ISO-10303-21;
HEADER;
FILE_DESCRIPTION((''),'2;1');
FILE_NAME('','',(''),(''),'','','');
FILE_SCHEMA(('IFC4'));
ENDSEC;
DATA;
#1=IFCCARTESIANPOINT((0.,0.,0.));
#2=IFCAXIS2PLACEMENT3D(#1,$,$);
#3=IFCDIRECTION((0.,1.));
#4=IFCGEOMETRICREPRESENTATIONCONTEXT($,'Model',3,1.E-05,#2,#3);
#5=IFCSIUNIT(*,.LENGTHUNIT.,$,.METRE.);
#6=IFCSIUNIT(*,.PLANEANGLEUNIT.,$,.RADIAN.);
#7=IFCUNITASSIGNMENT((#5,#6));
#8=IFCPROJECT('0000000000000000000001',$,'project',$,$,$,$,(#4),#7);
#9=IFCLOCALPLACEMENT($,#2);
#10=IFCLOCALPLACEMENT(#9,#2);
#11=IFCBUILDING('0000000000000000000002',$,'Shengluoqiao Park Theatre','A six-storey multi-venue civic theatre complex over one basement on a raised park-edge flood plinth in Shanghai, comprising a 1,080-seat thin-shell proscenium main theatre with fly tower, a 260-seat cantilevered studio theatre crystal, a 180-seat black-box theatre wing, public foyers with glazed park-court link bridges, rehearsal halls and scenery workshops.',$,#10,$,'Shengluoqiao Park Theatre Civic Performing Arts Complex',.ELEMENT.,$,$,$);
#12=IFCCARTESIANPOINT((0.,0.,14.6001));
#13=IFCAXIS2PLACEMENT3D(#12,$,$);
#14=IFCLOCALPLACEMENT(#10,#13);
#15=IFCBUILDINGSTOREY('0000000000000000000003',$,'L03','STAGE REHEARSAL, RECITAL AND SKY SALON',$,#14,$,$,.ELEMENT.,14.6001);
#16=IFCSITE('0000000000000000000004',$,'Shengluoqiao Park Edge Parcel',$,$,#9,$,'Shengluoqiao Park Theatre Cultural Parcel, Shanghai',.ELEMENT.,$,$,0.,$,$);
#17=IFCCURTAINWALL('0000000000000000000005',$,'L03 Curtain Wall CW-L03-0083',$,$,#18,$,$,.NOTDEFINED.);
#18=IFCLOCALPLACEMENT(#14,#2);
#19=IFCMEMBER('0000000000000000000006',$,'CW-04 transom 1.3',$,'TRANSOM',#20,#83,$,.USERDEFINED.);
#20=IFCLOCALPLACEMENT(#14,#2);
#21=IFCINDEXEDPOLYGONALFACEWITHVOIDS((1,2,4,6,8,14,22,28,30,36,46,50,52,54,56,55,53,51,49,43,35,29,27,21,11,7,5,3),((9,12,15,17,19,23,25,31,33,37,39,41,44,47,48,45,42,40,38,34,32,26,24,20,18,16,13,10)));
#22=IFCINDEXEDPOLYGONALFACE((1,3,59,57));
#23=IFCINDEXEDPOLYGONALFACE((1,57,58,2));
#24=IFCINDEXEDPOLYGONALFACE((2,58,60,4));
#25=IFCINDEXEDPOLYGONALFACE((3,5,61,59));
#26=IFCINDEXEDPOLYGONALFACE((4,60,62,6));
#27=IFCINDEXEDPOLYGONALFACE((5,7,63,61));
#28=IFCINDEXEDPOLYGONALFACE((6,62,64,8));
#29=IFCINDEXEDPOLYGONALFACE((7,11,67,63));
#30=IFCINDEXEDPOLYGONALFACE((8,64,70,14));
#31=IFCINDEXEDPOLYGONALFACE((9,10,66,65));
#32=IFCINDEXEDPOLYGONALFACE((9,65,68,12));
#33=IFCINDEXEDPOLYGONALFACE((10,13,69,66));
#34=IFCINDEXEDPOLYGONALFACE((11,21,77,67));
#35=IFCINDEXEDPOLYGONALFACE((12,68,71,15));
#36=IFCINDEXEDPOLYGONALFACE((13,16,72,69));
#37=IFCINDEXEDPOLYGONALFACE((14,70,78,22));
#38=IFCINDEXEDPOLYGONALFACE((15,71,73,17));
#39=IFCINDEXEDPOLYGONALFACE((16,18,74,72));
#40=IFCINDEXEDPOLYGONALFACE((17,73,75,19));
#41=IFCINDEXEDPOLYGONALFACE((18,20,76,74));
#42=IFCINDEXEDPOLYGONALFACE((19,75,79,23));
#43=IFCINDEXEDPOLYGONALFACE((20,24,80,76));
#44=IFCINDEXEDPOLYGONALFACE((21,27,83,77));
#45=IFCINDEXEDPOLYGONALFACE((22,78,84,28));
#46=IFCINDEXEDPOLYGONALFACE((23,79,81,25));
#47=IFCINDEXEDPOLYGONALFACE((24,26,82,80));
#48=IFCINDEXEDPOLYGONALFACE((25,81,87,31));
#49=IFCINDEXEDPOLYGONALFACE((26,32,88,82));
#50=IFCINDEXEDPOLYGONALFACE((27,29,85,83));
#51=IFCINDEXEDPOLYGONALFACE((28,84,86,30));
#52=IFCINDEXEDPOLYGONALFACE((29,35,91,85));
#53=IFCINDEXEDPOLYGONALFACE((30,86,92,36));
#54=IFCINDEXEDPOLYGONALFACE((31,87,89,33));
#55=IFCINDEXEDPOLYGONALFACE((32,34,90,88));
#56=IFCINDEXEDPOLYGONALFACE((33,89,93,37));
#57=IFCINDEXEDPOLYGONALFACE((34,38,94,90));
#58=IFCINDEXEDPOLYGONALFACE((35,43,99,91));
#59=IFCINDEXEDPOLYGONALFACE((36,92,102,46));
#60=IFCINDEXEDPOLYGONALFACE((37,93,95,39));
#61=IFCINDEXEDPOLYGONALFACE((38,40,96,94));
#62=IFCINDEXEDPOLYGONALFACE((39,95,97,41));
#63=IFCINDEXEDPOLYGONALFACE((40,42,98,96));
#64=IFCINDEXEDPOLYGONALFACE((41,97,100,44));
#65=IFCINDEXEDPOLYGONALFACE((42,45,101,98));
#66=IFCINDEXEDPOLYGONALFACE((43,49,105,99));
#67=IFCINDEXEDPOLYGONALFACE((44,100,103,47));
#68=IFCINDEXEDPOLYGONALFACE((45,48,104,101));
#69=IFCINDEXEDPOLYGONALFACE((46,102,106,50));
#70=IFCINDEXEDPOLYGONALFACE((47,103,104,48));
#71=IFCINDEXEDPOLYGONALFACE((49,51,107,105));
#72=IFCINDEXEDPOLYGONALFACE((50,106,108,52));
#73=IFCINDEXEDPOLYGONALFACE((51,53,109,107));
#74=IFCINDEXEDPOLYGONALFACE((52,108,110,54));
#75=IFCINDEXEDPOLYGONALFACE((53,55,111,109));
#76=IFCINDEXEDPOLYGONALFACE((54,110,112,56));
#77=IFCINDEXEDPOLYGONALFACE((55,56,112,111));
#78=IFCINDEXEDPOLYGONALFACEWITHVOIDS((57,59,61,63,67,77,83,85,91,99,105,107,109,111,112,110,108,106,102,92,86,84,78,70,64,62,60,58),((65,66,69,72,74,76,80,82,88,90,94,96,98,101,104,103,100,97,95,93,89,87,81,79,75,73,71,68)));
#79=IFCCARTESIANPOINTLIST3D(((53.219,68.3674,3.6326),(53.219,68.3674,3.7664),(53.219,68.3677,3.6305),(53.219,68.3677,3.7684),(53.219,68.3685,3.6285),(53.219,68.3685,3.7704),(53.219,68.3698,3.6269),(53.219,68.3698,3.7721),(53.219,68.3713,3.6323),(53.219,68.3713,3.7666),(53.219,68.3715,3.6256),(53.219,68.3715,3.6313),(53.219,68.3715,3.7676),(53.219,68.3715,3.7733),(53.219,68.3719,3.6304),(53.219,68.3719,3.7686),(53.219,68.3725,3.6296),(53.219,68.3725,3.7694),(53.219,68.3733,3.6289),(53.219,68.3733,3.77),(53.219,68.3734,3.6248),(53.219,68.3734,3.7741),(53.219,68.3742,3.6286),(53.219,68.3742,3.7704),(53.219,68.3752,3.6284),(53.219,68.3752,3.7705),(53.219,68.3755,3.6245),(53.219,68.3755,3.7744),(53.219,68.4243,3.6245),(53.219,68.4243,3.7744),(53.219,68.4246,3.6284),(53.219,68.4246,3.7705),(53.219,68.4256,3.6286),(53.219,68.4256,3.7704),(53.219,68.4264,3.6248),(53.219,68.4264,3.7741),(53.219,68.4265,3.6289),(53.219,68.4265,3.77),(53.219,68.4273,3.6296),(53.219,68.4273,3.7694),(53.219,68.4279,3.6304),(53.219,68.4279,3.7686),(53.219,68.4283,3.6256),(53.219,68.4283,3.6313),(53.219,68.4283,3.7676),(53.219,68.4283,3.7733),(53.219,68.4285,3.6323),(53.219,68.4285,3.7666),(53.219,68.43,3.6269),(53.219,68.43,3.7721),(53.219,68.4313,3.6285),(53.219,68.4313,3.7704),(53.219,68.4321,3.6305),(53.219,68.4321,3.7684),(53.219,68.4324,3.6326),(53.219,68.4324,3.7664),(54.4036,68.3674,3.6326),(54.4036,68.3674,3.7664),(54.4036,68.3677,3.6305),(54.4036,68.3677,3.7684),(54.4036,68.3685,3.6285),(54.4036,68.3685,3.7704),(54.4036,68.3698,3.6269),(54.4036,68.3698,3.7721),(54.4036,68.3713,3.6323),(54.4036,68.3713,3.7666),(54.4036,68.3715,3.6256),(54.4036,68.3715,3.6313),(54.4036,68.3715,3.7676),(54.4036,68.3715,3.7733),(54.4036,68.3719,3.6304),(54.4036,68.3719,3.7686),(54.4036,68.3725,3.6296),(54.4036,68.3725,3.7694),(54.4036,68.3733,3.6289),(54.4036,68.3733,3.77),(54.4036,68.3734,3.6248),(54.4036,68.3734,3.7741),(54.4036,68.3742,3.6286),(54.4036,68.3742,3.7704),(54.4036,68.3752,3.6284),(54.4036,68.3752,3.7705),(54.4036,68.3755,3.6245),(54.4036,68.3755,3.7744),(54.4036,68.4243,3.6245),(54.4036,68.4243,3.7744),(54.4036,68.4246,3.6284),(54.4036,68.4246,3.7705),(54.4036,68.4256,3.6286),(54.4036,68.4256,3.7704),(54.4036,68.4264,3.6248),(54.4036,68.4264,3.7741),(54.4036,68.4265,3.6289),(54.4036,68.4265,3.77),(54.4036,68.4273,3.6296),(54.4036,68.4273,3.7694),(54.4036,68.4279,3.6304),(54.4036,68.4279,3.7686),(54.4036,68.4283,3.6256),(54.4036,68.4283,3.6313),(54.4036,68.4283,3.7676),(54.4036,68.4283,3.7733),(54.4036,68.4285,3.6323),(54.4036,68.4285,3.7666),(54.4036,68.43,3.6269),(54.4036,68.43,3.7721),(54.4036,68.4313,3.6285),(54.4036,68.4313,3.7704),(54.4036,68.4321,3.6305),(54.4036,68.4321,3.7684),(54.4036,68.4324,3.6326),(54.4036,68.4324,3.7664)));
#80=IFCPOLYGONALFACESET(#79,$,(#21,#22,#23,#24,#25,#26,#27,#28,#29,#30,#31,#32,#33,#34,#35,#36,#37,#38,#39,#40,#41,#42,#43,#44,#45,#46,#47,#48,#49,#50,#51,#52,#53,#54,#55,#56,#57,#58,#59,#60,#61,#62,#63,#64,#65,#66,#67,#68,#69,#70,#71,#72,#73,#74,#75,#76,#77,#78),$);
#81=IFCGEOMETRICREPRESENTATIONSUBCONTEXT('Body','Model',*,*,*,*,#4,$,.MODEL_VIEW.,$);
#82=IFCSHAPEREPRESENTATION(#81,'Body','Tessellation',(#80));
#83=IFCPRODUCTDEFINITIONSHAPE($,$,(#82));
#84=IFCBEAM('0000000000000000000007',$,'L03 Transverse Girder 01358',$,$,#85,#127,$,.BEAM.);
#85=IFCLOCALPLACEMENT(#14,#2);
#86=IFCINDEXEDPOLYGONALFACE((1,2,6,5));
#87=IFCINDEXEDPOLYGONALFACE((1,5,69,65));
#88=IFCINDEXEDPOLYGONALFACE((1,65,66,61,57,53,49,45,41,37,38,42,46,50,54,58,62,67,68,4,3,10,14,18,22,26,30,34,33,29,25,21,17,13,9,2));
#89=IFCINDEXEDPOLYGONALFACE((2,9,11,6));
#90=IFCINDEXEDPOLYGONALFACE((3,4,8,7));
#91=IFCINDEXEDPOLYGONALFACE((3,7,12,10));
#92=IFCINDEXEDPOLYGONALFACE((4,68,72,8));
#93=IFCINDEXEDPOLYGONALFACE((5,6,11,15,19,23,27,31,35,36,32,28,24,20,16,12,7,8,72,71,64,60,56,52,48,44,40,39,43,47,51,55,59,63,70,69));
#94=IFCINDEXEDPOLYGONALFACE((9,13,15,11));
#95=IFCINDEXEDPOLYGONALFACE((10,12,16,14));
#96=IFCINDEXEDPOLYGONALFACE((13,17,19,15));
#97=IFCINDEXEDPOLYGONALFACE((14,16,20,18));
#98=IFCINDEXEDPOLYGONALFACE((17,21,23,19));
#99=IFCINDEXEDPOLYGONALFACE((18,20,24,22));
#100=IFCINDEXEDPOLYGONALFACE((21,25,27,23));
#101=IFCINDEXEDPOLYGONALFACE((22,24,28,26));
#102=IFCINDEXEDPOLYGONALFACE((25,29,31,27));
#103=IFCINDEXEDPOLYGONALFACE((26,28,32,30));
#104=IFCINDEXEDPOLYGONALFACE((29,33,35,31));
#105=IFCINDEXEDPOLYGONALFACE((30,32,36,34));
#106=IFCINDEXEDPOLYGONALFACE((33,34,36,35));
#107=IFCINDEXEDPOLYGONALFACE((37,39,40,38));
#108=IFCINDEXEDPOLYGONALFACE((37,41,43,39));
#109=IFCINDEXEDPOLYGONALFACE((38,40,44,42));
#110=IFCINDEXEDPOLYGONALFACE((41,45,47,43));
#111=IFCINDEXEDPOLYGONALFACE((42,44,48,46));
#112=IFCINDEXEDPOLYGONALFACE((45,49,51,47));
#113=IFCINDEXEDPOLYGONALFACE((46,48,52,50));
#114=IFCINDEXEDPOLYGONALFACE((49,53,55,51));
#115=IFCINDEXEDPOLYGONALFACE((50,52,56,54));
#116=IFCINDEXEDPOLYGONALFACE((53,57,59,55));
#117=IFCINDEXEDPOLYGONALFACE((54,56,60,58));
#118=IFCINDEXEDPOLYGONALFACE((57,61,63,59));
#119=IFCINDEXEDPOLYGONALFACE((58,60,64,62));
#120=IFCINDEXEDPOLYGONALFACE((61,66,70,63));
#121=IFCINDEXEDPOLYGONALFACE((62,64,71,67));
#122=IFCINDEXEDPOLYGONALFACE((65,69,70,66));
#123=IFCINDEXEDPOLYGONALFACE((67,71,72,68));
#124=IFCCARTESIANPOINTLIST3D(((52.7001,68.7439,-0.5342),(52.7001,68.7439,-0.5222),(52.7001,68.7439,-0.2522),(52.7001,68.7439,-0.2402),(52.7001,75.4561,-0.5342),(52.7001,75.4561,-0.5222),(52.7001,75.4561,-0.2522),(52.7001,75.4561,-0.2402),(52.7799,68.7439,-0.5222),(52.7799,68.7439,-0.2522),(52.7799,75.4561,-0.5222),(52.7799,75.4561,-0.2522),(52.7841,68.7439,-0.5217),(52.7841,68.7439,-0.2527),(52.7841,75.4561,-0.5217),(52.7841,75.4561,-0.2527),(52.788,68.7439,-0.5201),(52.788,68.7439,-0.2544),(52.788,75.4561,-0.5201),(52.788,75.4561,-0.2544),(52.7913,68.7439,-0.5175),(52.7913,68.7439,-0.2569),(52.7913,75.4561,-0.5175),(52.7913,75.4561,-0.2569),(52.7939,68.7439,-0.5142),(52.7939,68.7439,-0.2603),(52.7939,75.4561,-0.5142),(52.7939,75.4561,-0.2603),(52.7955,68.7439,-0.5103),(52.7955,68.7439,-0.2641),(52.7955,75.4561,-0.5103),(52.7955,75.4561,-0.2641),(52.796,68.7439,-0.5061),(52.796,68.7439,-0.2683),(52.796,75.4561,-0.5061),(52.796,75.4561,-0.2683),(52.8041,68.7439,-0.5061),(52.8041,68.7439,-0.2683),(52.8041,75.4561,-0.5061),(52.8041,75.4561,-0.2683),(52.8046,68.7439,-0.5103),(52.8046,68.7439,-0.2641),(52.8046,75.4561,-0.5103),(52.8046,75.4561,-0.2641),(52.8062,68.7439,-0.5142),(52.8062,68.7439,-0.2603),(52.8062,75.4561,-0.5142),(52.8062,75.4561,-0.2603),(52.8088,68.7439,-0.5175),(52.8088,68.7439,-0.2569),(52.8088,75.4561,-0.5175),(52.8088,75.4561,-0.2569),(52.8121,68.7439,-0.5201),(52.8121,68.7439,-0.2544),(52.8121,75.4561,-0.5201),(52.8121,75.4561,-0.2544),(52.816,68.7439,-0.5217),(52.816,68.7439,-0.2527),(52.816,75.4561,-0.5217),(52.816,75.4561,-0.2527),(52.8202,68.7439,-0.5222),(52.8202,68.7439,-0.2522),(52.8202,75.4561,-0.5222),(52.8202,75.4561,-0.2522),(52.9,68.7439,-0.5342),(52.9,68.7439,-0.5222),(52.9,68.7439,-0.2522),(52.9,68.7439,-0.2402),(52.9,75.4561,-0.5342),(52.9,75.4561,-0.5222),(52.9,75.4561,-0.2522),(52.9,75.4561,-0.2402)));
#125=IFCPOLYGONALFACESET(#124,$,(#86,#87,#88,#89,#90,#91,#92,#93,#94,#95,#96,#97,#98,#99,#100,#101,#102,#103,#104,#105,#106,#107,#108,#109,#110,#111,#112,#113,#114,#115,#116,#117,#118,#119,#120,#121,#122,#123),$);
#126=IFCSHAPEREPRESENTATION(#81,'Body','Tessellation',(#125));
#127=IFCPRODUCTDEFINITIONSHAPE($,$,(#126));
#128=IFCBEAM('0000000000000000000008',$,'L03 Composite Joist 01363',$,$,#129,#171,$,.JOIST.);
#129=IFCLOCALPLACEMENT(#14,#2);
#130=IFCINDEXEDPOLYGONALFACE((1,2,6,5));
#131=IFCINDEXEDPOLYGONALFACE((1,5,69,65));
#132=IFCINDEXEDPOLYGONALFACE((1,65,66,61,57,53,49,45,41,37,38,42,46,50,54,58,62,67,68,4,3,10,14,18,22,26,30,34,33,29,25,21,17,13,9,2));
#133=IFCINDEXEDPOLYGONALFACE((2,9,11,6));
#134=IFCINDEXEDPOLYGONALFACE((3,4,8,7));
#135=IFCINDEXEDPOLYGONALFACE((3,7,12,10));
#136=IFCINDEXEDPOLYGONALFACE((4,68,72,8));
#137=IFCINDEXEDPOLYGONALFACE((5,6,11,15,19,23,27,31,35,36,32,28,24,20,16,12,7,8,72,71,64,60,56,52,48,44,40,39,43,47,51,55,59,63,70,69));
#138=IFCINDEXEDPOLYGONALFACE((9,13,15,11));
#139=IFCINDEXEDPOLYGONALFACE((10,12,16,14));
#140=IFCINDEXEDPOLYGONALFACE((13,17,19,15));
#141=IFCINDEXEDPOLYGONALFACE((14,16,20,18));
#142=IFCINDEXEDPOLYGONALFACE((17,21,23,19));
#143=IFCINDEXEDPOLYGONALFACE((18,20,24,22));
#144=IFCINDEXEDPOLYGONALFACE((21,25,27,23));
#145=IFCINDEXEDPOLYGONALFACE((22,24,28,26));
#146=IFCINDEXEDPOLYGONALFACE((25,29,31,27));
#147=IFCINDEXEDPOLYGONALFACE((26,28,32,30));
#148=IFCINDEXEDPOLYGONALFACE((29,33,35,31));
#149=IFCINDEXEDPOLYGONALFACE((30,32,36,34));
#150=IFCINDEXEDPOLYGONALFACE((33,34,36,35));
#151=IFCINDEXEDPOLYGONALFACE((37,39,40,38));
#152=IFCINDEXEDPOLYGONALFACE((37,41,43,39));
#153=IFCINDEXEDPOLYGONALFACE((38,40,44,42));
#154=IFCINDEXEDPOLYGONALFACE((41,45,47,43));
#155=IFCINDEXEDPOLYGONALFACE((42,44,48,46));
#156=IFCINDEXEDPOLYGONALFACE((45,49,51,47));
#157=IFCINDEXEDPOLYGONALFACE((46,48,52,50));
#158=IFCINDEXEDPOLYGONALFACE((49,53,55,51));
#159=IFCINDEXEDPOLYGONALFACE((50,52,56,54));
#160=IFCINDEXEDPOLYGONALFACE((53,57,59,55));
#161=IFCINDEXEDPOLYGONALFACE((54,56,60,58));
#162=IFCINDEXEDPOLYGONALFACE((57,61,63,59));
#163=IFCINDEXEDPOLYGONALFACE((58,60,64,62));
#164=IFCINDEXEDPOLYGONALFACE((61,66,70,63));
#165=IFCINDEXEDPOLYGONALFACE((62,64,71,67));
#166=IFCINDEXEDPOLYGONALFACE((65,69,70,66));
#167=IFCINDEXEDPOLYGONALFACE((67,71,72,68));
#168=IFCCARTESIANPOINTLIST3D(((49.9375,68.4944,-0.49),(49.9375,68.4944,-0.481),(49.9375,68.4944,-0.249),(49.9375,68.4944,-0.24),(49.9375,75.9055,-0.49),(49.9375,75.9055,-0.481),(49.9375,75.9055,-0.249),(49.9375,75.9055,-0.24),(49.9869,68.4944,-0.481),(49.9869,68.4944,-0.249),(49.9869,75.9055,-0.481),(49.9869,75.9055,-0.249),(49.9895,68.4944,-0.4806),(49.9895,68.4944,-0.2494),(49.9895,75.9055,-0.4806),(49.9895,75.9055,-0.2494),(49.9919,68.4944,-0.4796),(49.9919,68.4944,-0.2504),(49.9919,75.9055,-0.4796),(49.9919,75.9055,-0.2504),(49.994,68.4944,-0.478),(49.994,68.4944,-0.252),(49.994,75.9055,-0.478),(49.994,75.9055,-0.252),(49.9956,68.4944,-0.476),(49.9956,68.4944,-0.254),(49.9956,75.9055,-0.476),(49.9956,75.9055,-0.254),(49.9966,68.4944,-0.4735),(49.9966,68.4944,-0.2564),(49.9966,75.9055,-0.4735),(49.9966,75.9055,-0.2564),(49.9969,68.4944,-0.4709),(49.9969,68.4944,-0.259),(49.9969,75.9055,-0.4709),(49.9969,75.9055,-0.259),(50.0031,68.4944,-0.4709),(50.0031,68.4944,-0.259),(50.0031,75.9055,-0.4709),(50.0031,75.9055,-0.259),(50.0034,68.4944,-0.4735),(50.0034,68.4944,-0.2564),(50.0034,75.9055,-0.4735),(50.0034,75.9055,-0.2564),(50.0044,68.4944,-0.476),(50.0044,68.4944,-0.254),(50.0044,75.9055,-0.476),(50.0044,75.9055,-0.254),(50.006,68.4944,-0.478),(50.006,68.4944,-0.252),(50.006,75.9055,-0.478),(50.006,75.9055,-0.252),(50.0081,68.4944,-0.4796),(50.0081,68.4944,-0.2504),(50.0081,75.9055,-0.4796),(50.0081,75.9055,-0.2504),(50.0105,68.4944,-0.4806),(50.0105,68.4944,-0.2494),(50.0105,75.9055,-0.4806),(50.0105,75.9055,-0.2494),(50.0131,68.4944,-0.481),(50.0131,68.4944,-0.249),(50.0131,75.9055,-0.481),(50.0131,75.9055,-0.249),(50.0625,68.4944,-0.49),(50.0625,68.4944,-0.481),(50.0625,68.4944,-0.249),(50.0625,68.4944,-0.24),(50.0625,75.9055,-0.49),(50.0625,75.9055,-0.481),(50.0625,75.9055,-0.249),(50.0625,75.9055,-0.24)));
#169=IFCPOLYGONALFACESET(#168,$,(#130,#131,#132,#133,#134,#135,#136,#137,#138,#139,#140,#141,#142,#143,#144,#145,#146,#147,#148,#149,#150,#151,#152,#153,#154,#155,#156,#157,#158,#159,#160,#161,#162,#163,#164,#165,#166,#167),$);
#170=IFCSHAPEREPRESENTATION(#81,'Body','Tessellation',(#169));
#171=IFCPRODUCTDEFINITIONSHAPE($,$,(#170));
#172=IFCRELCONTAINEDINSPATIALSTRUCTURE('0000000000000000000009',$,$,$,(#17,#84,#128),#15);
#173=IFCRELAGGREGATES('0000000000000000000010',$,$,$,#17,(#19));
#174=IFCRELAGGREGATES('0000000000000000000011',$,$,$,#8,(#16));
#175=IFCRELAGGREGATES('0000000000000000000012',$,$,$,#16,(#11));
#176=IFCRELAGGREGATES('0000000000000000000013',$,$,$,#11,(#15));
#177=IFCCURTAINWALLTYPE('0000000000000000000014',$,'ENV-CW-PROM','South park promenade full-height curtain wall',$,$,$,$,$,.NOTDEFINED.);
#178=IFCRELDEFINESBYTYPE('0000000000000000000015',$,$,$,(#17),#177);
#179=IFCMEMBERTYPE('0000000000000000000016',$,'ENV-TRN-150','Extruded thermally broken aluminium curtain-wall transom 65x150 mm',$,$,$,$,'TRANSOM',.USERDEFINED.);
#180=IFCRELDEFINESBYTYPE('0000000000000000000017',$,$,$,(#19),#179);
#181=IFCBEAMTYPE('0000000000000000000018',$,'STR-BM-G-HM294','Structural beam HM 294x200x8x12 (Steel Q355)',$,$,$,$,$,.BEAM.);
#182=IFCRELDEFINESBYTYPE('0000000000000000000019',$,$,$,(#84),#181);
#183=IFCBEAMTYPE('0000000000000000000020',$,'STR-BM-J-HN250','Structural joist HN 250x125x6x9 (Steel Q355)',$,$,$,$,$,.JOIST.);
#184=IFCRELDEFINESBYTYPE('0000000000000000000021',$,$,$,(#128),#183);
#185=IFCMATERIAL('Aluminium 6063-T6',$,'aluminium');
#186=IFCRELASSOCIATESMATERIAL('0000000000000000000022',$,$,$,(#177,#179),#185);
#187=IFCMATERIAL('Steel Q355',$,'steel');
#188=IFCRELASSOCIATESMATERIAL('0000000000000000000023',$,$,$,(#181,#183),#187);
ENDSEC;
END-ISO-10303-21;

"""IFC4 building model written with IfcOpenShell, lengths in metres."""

from ifc_helpers import new_model, si_unit, direction, frame, origin, origin_2d, place, context, subcontext, project, spatial, hollow_rectangle, i_section, extrude, material, material_profile, profile_set, type_object, element, aggregate, save


model = new_model("IFC4")

# Units and contexts
model_context = context("Model", 3, precision=1e-05, world=origin(), true_north=direction((0.0, 1.0)))
body_context = subcontext(model_context, "Body", "Model", "MODEL_VIEW")
ifc_project = project(units=[si_unit("LENGTHUNIT", "METRE"), si_unit("PLANEANGLEUNIT", "RADIAN")], contexts=[model_context])

# Site, building, storey
site_placement = place(None, origin())
site = spatial("IfcSite", under=ifc_project, at=site_placement, Name="Shengluoqiao Park Edge Parcel", LongName="Shengluoqiao Park Theatre Cultural Parcel, Shanghai", CompositionType="ELEMENT", RefElevation=0.0)
building_placement = place(site_placement, origin())
building = spatial("IfcBuilding", under=site, at=building_placement, Name="Shengluoqiao Park Theatre", Description="A six-storey multi-venue civic theatre complex over one basement on a raised park-edge flood plinth in Shanghai, comprising a 1,080-seat thin-shell proscenium main theatre with fly tower, a 260-seat cantilevered studio theatre crystal, a 180-seat black-box theatre wing, public foyers with glazed park-court link bridges, rehearsal halls and scenery workshops.", LongName="Shengluoqiao Park Theatre Civic Performing Arts Complex", CompositionType="ELEMENT")
storey_placement = place(building_placement, frame((0.0, 0.0, 14.6001)))
storey = spatial("IfcBuildingStorey", under=building, at=storey_placement, Name="L03", Description="STAGE REHEARSAL, RECITAL AND SKY SALON", CompositionType="ELEMENT", Elevation=14.6001)

# Curtain wall
ifc_material_1 = material(Name="Aluminium 6063-T6", Category="aluminium")
curtain_wall_type = type_object("IfcCurtainWallType", Name="ENV-CW-PROM", Description="South park promenade full-height curtain wall", PredefinedType="NOTDEFINED", material=ifc_material_1)
curtain_wall_1_placement = place(storey_placement, origin())
curtain_wall_1 = element("IfcCurtainWall", 1, at=curtain_wall_1_placement, inside=storey, type_object=curtain_wall_type, Name="L03 Curtain Wall CW-L03-0083", PredefinedType="NOTDEFINED")

# Member
ifc_material_profile_1 = material_profile(ifc_material_1, hollow_rectangle(XDim=0.0649, YDim=0.1499, WallThickness=0.0039, InnerFilletRadius=0.0039, OuterFilletRadius=0.0081, at=origin_2d()), Name="ALU TRANSOM 150x65x4")
ifc_profile_set_1 = profile_set([ifc_material_profile_1], Name="Aluminium 6063-T6")
member_type_1 = type_object("IfcMemberType", Name="ENV-TRN-150", Description="Extruded thermally broken aluminium curtain-wall transom 65x150 mm", ElementType="TRANSOM", PredefinedType="USERDEFINED", material=ifc_profile_set_1)
member_1_placement = place(storey_placement, frame((53.219, 68.3999, 3.6995), z_axis=(1.0, 0.0, 0.0), x_axis=(0.0, 1.0, 0.0)))
member_1 = element("IfcMember", 2, at=member_1_placement, type_object=member_type_1, Name="CW-04 transom 1.3", ObjectType="TRANSOM", PredefinedType="USERDEFINED", context=body_context, shape_type="SweptSolid", body=[
    extrude(hollow_rectangle(XDim=0.0649, YDim=0.1499, WallThickness=0.0039, InnerFilletRadius=0.0039, OuterFilletRadius=0.0081, at=origin_2d()), origin(), (0.0, 0.0, 1.0), 1.1846),
])

# Beams
ifc_material_2 = material(Name="Steel Q355", Category="steel")
ifc_material_profile_2 = material_profile(ifc_material_2, i_section(OverallWidth=0.2, OverallDepth=0.2939, WebThickness=0.0081, FlangeThickness=0.012, FilletRadius=0.0161, at=origin_2d()), Name="HM 294x200x8x12")
ifc_profile_set_2 = profile_set([ifc_material_profile_2], Name="Steel Q355")
beam_type_1 = type_object("IfcBeamType", Name="STR-BM-G-HM294", Description="Structural beam HM 294x200x8x12 (Steel Q355)", PredefinedType="BEAM", material=ifc_profile_set_2)
beam_1_placement = place(storey_placement, frame((52.8, 68.7439, -0.3872), z_axis=(0.0, 1.0, 0.0), x_axis=(-1.0, 0.0, 0.0)))
element("IfcBeam", 3, at=beam_1_placement, inside=storey, type_object=beam_type_1, Name="L03 Transverse Girder 01358", PredefinedType="BEAM", context=body_context, shape_type="SweptSolid", body=[
    extrude(i_section(OverallWidth=0.2, OverallDepth=0.2939, WebThickness=0.0081, FlangeThickness=0.012, FilletRadius=0.0161, at=origin_2d()), origin(), (0.0, 0.0, 1.0), 6.7122),
])
ifc_material_profile_3 = material_profile(ifc_material_2, i_section(OverallWidth=0.125, OverallDepth=0.25, WebThickness=0.0061, FlangeThickness=0.009, FilletRadius=0.01, at=origin_2d()), Name="HN 250x125x6x9")
ifc_profile_set_3 = profile_set([ifc_material_profile_3], Name="Steel Q355")
beam_type_2 = type_object("IfcBeamType", Name="STR-BM-J-HN250", Description="Structural joist HN 250x125x6x9 (Steel Q355)", PredefinedType="JOIST", material=ifc_profile_set_3)
beam_2_placement = place(storey_placement, frame((50.0, 68.4944, -0.365), z_axis=(0.0, 1.0, 0.0), x_axis=(-1.0, 0.0, 0.0)))
element("IfcBeam", 4, at=beam_2_placement, inside=storey, type_object=beam_type_2, Name="L03 Composite Joist 01363", PredefinedType="JOIST", context=body_context, shape_type="SweptSolid", body=[
    extrude(i_section(OverallWidth=0.125, OverallDepth=0.25, WebThickness=0.0061, FlangeThickness=0.009, FilletRadius=0.01, at=origin_2d()), origin(), (0.0, 0.0, 1.0), 7.4111),
])

aggregate(curtain_wall_1, [member_1])

save(model, "model.ifc")
